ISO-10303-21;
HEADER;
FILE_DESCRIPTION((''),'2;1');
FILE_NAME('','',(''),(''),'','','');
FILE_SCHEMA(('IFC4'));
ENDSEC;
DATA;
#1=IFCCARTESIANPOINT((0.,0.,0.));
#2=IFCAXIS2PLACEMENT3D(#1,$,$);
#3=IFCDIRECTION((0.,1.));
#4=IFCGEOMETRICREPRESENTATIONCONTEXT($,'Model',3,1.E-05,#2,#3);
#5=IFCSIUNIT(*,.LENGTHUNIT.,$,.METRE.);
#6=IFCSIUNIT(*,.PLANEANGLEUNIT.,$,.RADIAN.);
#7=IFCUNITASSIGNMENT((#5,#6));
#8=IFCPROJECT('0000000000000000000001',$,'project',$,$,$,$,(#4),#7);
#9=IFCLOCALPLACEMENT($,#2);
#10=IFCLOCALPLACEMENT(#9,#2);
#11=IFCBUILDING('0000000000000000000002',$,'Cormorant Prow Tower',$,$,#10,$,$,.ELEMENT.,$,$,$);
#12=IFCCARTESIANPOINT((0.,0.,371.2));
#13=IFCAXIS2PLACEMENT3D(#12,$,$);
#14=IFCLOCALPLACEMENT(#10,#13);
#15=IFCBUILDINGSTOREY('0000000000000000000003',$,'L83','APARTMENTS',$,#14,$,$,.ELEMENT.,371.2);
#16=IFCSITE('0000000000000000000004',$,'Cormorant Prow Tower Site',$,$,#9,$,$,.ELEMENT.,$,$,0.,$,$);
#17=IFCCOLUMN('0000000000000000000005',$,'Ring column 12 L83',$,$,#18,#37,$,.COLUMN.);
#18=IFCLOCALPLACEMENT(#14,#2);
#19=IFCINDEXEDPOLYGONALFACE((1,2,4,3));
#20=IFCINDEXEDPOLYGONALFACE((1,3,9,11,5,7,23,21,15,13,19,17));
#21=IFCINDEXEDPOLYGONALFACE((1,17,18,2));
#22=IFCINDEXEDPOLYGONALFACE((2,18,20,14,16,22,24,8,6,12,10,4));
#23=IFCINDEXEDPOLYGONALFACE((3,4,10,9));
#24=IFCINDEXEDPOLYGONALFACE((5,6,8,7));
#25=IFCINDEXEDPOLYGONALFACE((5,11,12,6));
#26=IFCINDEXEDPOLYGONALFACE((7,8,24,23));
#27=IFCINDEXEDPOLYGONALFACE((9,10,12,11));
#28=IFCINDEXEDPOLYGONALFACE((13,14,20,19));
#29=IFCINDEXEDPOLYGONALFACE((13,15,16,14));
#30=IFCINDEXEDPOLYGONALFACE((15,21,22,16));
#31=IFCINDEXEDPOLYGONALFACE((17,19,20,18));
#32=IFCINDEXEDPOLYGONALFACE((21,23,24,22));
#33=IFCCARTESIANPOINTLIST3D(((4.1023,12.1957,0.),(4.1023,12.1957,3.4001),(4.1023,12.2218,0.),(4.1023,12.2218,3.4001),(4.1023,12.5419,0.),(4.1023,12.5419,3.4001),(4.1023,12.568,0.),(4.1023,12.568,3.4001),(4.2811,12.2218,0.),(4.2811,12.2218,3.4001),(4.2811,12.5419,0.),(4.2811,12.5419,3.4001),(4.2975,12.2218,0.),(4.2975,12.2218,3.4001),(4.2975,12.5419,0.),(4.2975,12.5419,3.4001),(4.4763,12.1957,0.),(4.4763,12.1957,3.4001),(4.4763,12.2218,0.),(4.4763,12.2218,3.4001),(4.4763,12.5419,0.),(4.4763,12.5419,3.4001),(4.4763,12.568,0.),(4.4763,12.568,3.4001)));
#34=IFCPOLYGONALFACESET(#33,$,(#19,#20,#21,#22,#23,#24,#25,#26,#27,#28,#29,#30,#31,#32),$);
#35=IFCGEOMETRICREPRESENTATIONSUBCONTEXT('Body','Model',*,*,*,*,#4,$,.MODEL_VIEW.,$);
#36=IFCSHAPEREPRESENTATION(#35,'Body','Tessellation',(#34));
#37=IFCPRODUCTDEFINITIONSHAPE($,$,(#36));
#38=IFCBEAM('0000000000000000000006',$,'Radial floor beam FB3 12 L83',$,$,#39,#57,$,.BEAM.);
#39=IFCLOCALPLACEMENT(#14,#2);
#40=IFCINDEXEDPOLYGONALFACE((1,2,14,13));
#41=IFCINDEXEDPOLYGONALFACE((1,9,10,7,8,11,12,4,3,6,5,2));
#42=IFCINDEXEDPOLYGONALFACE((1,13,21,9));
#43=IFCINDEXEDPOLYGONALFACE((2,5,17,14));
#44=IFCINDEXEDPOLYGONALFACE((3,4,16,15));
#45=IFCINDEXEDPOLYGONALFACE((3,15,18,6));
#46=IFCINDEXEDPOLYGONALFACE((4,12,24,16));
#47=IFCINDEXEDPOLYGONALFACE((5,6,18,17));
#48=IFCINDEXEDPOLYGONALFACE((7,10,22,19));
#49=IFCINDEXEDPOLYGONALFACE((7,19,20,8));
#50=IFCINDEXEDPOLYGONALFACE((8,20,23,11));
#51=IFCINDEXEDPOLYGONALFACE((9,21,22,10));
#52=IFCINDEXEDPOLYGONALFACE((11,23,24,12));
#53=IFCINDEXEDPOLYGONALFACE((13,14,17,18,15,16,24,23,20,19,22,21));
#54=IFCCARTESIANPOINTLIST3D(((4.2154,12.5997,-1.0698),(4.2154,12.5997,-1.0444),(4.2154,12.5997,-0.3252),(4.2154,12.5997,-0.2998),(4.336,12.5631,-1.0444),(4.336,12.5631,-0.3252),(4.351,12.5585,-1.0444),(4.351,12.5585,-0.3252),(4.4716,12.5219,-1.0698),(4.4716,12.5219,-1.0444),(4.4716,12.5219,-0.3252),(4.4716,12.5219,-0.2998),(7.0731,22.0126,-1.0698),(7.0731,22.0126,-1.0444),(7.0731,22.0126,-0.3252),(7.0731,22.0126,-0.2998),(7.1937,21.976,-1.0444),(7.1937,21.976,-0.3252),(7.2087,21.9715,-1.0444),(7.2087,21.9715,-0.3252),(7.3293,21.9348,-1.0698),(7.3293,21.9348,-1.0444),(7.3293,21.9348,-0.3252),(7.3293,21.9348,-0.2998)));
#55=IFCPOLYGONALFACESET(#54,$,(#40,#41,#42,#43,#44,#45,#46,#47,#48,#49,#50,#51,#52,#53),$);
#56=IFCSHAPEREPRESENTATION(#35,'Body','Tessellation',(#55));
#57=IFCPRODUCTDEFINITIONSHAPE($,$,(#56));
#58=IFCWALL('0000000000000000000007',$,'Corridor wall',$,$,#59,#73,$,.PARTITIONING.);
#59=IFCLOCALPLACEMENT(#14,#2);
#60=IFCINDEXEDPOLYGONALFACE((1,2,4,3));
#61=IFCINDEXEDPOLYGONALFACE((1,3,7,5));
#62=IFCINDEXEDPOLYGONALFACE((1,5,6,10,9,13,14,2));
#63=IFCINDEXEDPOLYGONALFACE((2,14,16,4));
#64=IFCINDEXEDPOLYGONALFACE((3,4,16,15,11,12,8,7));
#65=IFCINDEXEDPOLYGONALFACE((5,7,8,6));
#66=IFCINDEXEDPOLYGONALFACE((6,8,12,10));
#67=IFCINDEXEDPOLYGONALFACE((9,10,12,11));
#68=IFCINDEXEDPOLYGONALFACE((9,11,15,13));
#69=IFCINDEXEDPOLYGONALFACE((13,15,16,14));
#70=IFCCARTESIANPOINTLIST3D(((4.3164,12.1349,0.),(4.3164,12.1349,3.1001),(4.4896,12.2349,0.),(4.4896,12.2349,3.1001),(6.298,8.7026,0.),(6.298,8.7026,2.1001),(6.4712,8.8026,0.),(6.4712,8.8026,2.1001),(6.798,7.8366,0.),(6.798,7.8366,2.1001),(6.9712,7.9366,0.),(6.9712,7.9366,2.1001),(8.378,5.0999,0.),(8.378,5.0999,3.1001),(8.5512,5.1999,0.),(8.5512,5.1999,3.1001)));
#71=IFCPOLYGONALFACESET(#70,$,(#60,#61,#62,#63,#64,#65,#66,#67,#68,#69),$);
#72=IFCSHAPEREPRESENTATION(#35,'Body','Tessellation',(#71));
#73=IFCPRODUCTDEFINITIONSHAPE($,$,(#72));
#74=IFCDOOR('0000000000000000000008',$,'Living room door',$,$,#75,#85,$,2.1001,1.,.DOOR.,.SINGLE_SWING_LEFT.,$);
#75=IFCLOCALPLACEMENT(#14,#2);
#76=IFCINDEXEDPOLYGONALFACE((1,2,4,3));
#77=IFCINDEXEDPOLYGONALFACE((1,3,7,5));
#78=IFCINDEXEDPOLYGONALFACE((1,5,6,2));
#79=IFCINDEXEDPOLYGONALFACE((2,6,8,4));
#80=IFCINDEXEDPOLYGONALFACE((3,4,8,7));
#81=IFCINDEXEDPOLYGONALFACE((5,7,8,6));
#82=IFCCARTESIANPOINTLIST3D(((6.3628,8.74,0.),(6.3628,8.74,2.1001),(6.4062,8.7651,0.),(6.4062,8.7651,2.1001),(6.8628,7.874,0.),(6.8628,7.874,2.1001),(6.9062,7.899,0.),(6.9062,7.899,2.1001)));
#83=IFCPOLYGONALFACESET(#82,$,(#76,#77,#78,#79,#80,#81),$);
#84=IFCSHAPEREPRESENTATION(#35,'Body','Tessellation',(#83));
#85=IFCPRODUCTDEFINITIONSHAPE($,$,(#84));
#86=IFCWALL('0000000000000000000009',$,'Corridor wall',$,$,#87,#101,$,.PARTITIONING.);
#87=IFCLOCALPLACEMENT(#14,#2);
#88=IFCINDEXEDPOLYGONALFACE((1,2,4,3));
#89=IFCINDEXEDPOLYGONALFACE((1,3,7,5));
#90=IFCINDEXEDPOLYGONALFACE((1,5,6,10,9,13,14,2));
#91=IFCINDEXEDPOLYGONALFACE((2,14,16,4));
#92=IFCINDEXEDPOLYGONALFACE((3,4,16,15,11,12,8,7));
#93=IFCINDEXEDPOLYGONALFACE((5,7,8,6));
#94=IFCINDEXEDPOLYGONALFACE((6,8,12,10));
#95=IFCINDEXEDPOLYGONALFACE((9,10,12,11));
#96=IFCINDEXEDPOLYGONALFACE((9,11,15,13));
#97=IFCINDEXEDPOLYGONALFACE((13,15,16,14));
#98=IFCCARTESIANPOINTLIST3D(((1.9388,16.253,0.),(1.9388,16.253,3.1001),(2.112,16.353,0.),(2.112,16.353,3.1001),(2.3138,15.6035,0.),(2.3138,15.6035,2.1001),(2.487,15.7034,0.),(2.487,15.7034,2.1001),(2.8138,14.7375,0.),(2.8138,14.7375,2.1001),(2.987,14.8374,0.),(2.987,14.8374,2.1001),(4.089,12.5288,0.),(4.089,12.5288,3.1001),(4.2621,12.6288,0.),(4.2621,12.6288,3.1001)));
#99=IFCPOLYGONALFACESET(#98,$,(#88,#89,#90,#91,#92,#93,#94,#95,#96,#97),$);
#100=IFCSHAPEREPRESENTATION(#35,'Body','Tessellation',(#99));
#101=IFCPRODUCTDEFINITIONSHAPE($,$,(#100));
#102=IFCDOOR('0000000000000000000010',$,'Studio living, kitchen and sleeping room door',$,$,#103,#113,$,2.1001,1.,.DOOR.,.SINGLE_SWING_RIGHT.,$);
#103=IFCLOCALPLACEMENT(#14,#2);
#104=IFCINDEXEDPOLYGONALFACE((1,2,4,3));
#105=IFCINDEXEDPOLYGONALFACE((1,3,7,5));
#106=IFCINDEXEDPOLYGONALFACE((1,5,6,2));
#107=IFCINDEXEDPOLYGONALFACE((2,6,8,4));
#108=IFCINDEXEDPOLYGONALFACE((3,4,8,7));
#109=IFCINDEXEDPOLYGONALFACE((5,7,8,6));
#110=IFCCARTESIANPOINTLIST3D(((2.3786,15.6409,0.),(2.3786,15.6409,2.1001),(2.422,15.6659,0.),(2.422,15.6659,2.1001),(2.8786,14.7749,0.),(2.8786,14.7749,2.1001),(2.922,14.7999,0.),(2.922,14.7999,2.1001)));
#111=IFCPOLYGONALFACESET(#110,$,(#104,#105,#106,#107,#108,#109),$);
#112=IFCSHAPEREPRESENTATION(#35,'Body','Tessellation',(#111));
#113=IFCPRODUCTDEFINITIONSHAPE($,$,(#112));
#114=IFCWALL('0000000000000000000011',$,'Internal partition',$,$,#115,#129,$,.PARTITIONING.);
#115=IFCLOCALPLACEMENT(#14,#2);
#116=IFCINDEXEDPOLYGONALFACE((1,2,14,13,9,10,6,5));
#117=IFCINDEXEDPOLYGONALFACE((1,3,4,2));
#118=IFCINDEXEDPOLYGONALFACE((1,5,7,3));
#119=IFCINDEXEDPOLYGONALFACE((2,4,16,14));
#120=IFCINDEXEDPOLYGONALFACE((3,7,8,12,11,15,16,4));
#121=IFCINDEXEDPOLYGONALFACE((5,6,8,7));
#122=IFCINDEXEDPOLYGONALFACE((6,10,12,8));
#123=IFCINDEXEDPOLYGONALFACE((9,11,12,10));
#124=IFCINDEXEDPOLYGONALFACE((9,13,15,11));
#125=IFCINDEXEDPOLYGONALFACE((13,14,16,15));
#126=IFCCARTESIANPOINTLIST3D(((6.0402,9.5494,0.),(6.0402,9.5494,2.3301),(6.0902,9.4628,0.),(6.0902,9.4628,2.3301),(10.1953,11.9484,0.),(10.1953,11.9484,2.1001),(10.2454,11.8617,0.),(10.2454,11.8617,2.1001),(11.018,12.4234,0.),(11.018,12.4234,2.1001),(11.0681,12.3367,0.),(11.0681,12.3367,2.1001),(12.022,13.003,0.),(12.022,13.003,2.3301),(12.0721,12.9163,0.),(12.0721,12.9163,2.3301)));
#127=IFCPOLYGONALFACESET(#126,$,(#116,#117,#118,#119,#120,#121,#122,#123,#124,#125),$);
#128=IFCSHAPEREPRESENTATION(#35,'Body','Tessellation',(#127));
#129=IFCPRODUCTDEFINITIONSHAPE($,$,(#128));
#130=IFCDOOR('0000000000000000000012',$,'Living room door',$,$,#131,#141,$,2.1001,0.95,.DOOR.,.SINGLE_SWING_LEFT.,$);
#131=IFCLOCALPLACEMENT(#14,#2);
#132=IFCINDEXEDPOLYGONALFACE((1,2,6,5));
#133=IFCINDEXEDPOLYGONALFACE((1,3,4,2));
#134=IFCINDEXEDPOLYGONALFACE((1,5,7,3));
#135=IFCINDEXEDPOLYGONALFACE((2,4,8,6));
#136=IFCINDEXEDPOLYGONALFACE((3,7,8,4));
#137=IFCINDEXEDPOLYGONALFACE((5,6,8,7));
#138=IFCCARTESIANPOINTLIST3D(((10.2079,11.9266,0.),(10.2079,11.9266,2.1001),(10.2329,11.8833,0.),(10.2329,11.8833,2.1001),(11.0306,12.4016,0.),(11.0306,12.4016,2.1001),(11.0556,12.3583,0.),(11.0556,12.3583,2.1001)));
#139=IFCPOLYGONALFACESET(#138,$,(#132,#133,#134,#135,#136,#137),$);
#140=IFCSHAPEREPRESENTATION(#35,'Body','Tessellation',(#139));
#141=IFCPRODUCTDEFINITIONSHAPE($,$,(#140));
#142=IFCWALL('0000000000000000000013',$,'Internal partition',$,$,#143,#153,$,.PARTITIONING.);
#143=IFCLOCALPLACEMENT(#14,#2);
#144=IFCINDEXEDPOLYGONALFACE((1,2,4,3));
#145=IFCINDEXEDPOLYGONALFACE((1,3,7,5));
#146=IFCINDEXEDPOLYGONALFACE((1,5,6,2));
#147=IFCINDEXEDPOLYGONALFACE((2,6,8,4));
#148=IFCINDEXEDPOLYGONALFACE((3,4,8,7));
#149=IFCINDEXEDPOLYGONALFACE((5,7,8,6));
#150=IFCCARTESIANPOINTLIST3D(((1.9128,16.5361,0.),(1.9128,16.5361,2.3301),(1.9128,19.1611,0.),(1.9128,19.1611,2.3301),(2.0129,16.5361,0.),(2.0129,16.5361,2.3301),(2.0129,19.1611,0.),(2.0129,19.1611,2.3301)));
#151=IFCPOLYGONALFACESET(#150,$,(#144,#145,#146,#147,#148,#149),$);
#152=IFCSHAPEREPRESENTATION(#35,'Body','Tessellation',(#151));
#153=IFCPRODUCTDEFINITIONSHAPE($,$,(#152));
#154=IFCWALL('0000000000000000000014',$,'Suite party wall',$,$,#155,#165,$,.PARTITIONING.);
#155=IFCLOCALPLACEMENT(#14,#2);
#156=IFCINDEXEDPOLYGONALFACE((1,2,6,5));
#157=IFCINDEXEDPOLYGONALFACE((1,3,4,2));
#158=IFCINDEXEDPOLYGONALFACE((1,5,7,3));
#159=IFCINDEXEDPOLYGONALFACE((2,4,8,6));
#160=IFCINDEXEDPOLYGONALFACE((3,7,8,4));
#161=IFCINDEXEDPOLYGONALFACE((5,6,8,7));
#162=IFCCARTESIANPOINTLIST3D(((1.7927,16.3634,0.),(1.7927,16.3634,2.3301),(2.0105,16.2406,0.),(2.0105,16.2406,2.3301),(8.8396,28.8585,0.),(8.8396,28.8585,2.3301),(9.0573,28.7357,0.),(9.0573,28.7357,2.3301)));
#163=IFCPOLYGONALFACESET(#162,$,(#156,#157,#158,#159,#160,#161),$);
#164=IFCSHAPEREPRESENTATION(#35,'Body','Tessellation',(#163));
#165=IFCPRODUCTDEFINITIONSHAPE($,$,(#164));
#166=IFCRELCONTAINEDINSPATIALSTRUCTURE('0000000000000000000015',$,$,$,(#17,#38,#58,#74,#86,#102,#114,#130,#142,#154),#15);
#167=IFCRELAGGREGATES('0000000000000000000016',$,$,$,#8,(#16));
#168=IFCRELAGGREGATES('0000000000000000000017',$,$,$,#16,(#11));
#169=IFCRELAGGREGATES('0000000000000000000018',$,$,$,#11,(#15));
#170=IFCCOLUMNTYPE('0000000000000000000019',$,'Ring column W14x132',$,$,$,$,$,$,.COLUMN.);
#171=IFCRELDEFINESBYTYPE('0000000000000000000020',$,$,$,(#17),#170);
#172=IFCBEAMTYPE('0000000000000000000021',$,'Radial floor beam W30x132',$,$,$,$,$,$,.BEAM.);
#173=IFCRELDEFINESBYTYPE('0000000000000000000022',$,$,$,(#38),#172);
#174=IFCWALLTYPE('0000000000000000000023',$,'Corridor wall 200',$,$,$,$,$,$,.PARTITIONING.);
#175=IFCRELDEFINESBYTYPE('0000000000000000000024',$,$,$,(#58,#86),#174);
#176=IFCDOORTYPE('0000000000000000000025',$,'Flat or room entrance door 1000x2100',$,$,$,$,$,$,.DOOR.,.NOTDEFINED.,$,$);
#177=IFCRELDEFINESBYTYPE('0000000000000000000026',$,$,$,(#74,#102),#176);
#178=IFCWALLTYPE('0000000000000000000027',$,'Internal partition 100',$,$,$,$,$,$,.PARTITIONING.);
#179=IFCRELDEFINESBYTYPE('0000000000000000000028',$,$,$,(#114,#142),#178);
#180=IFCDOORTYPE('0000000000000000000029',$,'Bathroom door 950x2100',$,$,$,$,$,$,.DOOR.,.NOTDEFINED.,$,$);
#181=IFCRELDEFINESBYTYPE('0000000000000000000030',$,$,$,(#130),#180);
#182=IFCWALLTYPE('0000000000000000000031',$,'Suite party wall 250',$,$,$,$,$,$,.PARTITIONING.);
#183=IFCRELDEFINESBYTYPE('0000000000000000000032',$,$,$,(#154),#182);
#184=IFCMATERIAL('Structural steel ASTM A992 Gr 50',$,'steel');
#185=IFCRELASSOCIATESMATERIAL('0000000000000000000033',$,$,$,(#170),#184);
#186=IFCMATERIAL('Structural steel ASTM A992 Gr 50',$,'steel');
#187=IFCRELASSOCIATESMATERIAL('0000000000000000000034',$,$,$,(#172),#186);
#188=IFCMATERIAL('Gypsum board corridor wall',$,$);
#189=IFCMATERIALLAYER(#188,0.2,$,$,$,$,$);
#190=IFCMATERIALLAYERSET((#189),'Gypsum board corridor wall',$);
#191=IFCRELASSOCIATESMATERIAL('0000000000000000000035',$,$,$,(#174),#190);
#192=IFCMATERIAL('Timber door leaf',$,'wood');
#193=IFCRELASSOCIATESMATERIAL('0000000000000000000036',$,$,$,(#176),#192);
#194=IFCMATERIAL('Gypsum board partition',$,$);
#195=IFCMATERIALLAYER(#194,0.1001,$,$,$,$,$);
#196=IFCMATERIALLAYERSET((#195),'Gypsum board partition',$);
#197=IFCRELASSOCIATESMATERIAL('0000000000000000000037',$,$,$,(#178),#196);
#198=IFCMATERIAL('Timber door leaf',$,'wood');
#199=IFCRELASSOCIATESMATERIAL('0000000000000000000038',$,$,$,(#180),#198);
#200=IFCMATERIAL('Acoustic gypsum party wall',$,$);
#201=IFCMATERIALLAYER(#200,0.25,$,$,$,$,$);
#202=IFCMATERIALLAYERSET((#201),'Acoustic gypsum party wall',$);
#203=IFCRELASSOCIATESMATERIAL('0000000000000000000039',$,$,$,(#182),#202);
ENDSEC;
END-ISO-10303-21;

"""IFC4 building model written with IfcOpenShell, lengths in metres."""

from ifc_helpers import new_model, si_unit, direction, frame, frame_2d, origin, origin_2d, place, context, subcontext, project, spatial, rectangle, i_section, extrude, material, layer, layer_set, material_profile, profile_set, type_object, element, fill, save


model = new_model("IFC4")

# Units and contexts
model_context = context("Model", 3, precision=1e-05, world=origin(), true_north=direction((0.0, 1.0)))
body_context = subcontext(model_context, "Body", "Model", "MODEL_VIEW")
ifc_project = project(units=[si_unit("LENGTHUNIT", "METRE"), si_unit("PLANEANGLEUNIT", "RADIAN")], contexts=[model_context])

# Site, building, storey
site_placement = place(None, origin())
site = spatial("IfcSite", under=ifc_project, at=site_placement, Name="Cormorant Prow Tower Site", CompositionType="ELEMENT", RefElevation=0.0)
building_placement = place(site_placement, origin())
building = spatial("IfcBuilding", under=site, at=building_placement, Name="Cormorant Prow Tower", CompositionType="ELEMENT")
storey_placement = place(building_placement, frame((0.0, 0.0, 371.2)))
storey = spatial("IfcBuildingStorey", under=building, at=storey_placement, Name="L83", Description="APARTMENTS", CompositionType="ELEMENT", Elevation=371.2)

# Column
ifc_material_1 = material(Name="Structural steel ASTM A992 Gr 50", Category="steel")
ifc_material_profile_1 = material_profile(ifc_material_1, i_section(OverallWidth=0.374, OverallDepth=0.3723, WebThickness=0.0164, FlangeThickness=0.0261, at=origin_2d()), Name="W14x132")
ifc_profile_set_1 = profile_set([ifc_material_profile_1], Name="Structural steel ASTM A992 Gr 50")
column_type = type_object("IfcColumnType", Name="Ring column W14x132", PredefinedType="COLUMN", material=ifc_profile_set_1)
column_placement = place(storey_placement, frame((4.2893, 12.3818, 0.0), z_axis=(0.0, 0.0, 1.0), x_axis=(1.0, 0.0, 0.0)))
element("IfcColumn", 1, at=column_placement, inside=storey, type_object=column_type, Name="Ring column 12 L83", PredefinedType="COLUMN", context=body_context, shape_type="SweptSolid", body=[
    extrude(i_section(OverallWidth=0.374, OverallDepth=0.3723, WebThickness=0.0164, FlangeThickness=0.0261, at=origin_2d()), origin(), (0.0, 0.0, 1.0), 3.4001),
])

# Beam
ifc_material_2 = material(Name="Structural steel ASTM A992 Gr 50", Category="steel")
ifc_material_profile_2 = material_profile(ifc_material_2, i_section(OverallWidth=0.2678, OverallDepth=0.77, WebThickness=0.0156, FlangeThickness=0.0254, at=origin_2d()), Name="W30x132")
ifc_profile_set_2 = profile_set([ifc_material_profile_2], Name="Structural steel ASTM A992 Gr 50")
beam_type = type_object("IfcBeamType", Name="Radial floor beam W30x132", PredefinedType="BEAM", material=ifc_profile_set_2)
beam_placement = place(storey_placement, frame((4.3435, 12.5608, -0.6848), z_axis=(0.2905, 0.956875, 0.0), x_axis=(-0.956875, 0.2905, 0.0)))
element("IfcBeam", 2, at=beam_placement, inside=storey, type_object=beam_type, Name="Radial floor beam FB3 12 L83", PredefinedType="BEAM", context=body_context, shape_type="SweptSolid", body=[
    extrude(i_section(OverallWidth=0.2678, OverallDepth=0.77, WebThickness=0.0156, FlangeThickness=0.0254, at=origin_2d()), origin(), (0.0, 0.0, 1.0), 9.8372),
])

# Walls, openings, doors
ifc_material_3 = material(Name="Gypsum board corridor wall")
ifc_layer_1 = layer(ifc_material_3, 0.2)
ifc_layer_set_1 = layer_set([ifc_layer_1], Name="Gypsum board corridor wall")
wall_type_1 = type_object("IfcWallType", Name="Corridor wall 200", PredefinedType="PARTITIONING", material=ifc_layer_set_1)
wall_1_placement = place(storey_placement, frame((4.4031, 12.1848, 0.0), z_axis=(0.0, 0.0, 1.0), x_axis=(0.499992, -0.86603, 0.0)))
wall_1 = element("IfcWall", 3, at=wall_1_placement, inside=storey, type_object=wall_type_1, Name="Corridor wall", PredefinedType="PARTITIONING", context=body_context, shape_type="SweptSolid", body=[
    extrude(rectangle(XDim=8.1233, YDim=0.2, at=frame_2d((4.0615, 0.0))), origin(), (0.0, 0.0, 1.0), 3.1001),
])
opening_1_placement = place(wall_1_placement, frame((3.9631, 0.0, 0.0)))
opening_1 = element("IfcOpeningElement", 4, at=opening_1_placement, cuts=wall_1, PredefinedType="OPENING", context=body_context, shape_type="SweptSolid", body=[
    extrude(rectangle(XDim=1.0, YDim=2.1001, at=frame_2d((0.5, 1.05))), frame((0.0, 0.1099, 0.0), z_axis=(0.0, -1.0, 0.0), x_axis=(1.0, 0.0, 0.0)), (0.0, 0.0, 1.0), 0.22),
])
ifc_material_4 = material(Name="Timber door leaf", Category="wood")
door_type_1 = type_object("IfcDoorType", Name="Flat or room entrance door 1000x2100", OperationType="NOTDEFINED", PredefinedType="DOOR", material=ifc_material_4)
door_1_placement = place(opening_1_placement, origin())
door_1 = element("IfcDoor", 5, at=door_1_placement, inside=storey, type_object=door_type_1, Name="Living room door", OperationType="SINGLE_SWING_LEFT", OverallHeight=2.1001, OverallWidth=1.0, PredefinedType="DOOR", context=body_context, shape_type="SweptSolid", body=[
    extrude(rectangle(XDim=1.0, YDim=2.1001, at=frame_2d((0.5, 1.05))), frame((0.0, 0.0249, 0.0), z_axis=(0.0, -1.0, 0.0), x_axis=(1.0, 0.0, 0.0)), (0.0, 0.0, 1.0), 0.05),
])
fill(opening_1, door_1)
wall_2_placement = place(storey_placement, frame((2.0254, 16.303, 0.0), z_axis=(0.0, 0.0, 1.0), x_axis=(0.500004, -0.866023, 0.0)))
wall_2 = element("IfcWall", 6, at=wall_2_placement, inside=storey, type_object=wall_type_1, Name="Corridor wall", PredefinedType="PARTITIONING", context=body_context, shape_type="SweptSolid", body=[
    extrude(rectangle(XDim=4.3003, YDim=0.2, at=frame_2d((2.1501, 0.0))), origin(), (0.0, 0.0, 1.0), 3.1001),
])
opening_2_placement = place(wall_2_placement, frame((0.75, 0.0, 0.0)))
opening_2 = element("IfcOpeningElement", 7, at=opening_2_placement, cuts=wall_2, PredefinedType="OPENING", context=body_context, shape_type="SweptSolid", body=[
    extrude(rectangle(XDim=1.0, YDim=2.1001, at=frame_2d((0.5, 1.05))), frame((0.0, 0.1099, 0.0), z_axis=(0.0, -1.0, 0.0), x_axis=(1.0, 0.0, 0.0)), (0.0, 0.0, 1.0), 0.22),
])
door_2_placement = place(opening_2_placement, origin())
door_2 = element("IfcDoor", 8, at=door_2_placement, inside=storey, type_object=door_type_1, Name="Studio living, kitchen and sleeping room door", OperationType="SINGLE_SWING_RIGHT", OverallHeight=2.1001, OverallWidth=1.0, PredefinedType="DOOR", context=body_context, shape_type="SweptSolid", body=[
    extrude(rectangle(XDim=1.0, YDim=2.1001, at=frame_2d((0.5, 1.05))), frame((0.0, 0.0249, 0.0), z_axis=(0.0, -1.0, 0.0), x_axis=(1.0, 0.0, 0.0)), (0.0, 0.0, 1.0), 0.05),
])
fill(opening_2, door_2)
ifc_material_5 = material(Name="Gypsum board partition")
ifc_layer_2 = layer(ifc_material_5, 0.1001)
ifc_layer_set_2 = layer_set([ifc_layer_2], Name="Gypsum board partition")
wall_type_2 = type_object("IfcWallType", Name="Internal partition 100", PredefinedType="PARTITIONING", material=ifc_layer_set_2)
wall_3_placement = place(storey_placement, frame((6.0652, 9.5061, 0.0), z_axis=(0.0, 0.0, 1.0), x_axis=(0.866029, 0.499994, 0.0)))
wall_3 = element("IfcWall", 9, at=wall_3_placement, inside=storey, type_object=wall_type_2, Name="Internal partition", PredefinedType="PARTITIONING", context=body_context, shape_type="SweptSolid", body=[
    extrude(rectangle(XDim=6.9072, YDim=0.1001, at=frame_2d((3.4536, 0.0))), origin(), (0.0, 0.0, 1.0), 2.3301),
])
opening_3_placement = place(wall_3_placement, frame((4.7979, 0.0, 0.0)))
opening_3 = element("IfcOpeningElement", 10, at=opening_3_placement, cuts=wall_3, PredefinedType="OPENING", context=body_context, shape_type="SweptSolid", body=[
    extrude(rectangle(XDim=0.95, YDim=2.1001, at=frame_2d((0.4751, 1.05))), frame((0.0, 0.0601, 0.0), z_axis=(0.0, -1.0, 0.0), x_axis=(1.0, 0.0, 0.0)), (0.0, 0.0, 1.0), 0.1201),
])
ifc_material_6 = material(Name="Timber door leaf", Category="wood")
door_type_2 = type_object("IfcDoorType", Name="Bathroom door 950x2100", OperationType="NOTDEFINED", PredefinedType="DOOR", material=ifc_material_6)
door_3_placement = place(opening_3_placement, origin())
door_3 = element("IfcDoor", 11, at=door_3_placement, inside=storey, type_object=door_type_2, Name="Living room door", OperationType="SINGLE_SWING_LEFT", OverallHeight=2.1001, OverallWidth=0.95, PredefinedType="DOOR", context=body_context, shape_type="SweptSolid", body=[
    extrude(rectangle(XDim=0.95, YDim=2.1001, at=frame_2d((0.4751, 1.05))), frame((0.0, 0.0249, 0.0), z_axis=(0.0, -1.0, 0.0), x_axis=(1.0, 0.0, 0.0)), (0.0, 0.0, 1.0), 0.05),
])
fill(opening_3, door_3)

# Walls
wall_4_placement = place(storey_placement, frame((1.9629, 16.5361, 0.0), z_axis=(0.0, 0.0, 1.0), x_axis=(0.0, 1.0, 0.0)))
element("IfcWall", 12, at=wall_4_placement, inside=storey, type_object=wall_type_2, Name="Internal partition", PredefinedType="PARTITIONING", context=body_context, shape_type="SweptSolid", body=[
    extrude(rectangle(XDim=2.625, YDim=0.1001, at=frame_2d((1.3125, 0.0))), origin(), (0.0, 0.0, 1.0), 2.3301),
])
ifc_material_7 = material(Name="Acoustic gypsum party wall")
ifc_layer_3 = layer(ifc_material_7, 0.25)
ifc_layer_set_3 = layer_set([ifc_layer_3], Name="Acoustic gypsum party wall")
wall_type_3 = type_object("IfcWallType", Name="Suite party wall 250", PredefinedType="PARTITIONING", material=ifc_layer_set_3)
wall_5_placement = place(storey_placement, frame((1.9016, 16.302, 0.0), z_axis=(0.0, 0.0, 1.0), x_axis=(0.491234, 0.871028, 0.0)))
element("IfcWall", 13, at=wall_5_placement, inside=storey, type_object=wall_type_3, Name="Suite party wall", PredefinedType="PARTITIONING", context=body_context, shape_type="SweptSolid", body=[
    extrude(rectangle(XDim=14.3452, YDim=0.25, at=frame_2d((7.1726, 0.0))), origin(), (0.0, 0.0, 1.0), 2.3301),
])

save(model, "model.ifc")
